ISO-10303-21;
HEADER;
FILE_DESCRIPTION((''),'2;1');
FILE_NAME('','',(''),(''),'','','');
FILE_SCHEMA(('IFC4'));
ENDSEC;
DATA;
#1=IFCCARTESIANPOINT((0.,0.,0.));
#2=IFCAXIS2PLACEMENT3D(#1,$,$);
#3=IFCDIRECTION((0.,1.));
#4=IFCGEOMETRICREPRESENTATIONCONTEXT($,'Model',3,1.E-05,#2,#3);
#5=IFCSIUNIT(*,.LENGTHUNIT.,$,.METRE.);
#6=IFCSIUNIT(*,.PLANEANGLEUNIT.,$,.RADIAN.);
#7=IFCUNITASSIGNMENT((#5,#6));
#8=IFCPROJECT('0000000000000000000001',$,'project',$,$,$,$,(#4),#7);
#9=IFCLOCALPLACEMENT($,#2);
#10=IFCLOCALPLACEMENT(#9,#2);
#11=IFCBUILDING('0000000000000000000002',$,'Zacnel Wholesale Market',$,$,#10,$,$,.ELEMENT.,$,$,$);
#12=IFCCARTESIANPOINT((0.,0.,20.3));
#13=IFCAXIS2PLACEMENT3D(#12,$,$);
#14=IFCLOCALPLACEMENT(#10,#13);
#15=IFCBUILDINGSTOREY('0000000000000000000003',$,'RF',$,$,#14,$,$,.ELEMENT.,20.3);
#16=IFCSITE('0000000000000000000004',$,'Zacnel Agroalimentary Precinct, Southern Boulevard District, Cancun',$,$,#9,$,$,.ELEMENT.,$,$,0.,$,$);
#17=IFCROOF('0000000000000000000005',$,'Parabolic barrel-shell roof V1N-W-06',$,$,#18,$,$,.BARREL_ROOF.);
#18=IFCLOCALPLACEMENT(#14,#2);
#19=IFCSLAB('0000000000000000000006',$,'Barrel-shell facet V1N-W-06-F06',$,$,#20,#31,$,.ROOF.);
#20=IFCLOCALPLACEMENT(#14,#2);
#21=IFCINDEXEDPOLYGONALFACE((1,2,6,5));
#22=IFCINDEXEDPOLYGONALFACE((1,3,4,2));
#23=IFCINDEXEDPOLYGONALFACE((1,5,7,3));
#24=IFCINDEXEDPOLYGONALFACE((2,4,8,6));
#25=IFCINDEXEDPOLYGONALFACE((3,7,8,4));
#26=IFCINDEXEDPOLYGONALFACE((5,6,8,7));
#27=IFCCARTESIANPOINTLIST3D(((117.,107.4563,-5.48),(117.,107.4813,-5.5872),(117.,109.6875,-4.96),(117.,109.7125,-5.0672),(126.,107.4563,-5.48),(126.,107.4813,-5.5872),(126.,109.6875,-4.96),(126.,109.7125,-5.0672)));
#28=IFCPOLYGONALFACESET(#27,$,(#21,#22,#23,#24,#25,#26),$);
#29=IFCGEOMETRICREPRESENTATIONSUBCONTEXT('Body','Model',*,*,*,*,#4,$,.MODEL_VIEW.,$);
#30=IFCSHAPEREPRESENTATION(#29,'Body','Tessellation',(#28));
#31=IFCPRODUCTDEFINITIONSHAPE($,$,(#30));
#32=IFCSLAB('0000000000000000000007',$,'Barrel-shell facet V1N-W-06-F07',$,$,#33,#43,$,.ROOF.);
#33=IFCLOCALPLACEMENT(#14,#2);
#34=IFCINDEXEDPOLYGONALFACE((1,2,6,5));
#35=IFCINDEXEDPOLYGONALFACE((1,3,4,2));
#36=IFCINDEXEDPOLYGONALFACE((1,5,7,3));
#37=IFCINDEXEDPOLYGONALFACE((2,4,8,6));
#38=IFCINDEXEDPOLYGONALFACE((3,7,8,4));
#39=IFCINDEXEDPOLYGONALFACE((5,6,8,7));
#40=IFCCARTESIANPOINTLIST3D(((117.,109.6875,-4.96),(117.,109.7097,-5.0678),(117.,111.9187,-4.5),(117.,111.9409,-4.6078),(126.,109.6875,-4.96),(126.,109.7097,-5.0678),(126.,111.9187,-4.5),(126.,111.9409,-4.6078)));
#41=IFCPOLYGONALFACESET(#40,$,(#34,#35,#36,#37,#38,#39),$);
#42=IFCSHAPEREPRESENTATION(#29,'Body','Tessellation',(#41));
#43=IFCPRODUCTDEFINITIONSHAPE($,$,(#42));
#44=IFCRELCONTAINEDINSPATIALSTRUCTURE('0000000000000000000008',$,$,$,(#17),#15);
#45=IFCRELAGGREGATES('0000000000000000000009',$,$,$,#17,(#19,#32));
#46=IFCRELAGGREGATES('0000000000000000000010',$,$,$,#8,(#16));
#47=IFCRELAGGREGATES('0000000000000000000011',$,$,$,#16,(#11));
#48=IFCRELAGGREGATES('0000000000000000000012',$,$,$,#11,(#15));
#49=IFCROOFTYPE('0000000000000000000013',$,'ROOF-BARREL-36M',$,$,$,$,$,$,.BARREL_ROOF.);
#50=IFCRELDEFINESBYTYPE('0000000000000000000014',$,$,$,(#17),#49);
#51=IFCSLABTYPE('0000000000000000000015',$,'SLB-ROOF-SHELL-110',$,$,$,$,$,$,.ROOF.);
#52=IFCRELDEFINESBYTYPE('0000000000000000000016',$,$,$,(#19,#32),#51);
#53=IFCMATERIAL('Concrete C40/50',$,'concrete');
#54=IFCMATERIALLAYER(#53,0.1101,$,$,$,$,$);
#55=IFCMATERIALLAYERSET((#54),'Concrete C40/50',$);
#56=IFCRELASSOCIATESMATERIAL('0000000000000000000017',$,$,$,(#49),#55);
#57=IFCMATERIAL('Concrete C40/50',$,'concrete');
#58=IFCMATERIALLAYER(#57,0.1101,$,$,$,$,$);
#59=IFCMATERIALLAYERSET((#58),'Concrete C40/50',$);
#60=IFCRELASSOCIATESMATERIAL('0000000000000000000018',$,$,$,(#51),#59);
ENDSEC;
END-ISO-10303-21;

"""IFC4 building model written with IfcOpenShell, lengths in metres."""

from ifc_helpers import new_model, si_unit, direction, frame, origin, place, context, subcontext, project, spatial, polyline, outline, extrude, material, layer, layer_set, type_object, element, aggregate, save


model = new_model("IFC4")

# Units and contexts
model_context = context("Model", 3, precision=1e-05, world=origin(), true_north=direction((0.0, 1.0)))
body_context = subcontext(model_context, "Body", "Model", "MODEL_VIEW")
ifc_project = project(units=[si_unit("LENGTHUNIT", "METRE"), si_unit("PLANEANGLEUNIT", "RADIAN")], contexts=[model_context])

# Site, building, storey
site_placement = place(None, origin())
site = spatial("IfcSite", under=ifc_project, at=site_placement, Name="Zacnel Agroalimentary Precinct, Southern Boulevard District, Cancun", CompositionType="ELEMENT", RefElevation=0.0)
building_placement = place(site_placement, origin())
building = spatial("IfcBuilding", under=site, at=building_placement, Name="Zacnel Wholesale Market", CompositionType="ELEMENT")
storey_placement = place(building_placement, frame((0.0, 0.0, 20.3)))
storey = spatial("IfcBuildingStorey", under=building, at=storey_placement, Name="RF", CompositionType="ELEMENT", Elevation=20.3)

# Roof, slabs
ifc_material_1 = material(Name="Concrete C40/50", Category="concrete")
ifc_layer_1 = layer(ifc_material_1, 0.1101)
ifc_layer_set_1 = layer_set([ifc_layer_1], Name="Concrete C40/50")
roof_type = type_object("IfcRoofType", Name="ROOF-BARREL-36M", PredefinedType="BARREL_ROOF", material=ifc_layer_set_1)
ifc_material_2 = material(Name="Concrete C40/50", Category="concrete")
ifc_layer_2 = layer(ifc_material_2, 0.1101)
ifc_layer_set_2 = layer_set([ifc_layer_2], Name="Concrete C40/50")
slab_type = type_object("IfcSlabType", Name="SLB-ROOF-SHELL-110", PredefinedType="ROOF", material=ifc_layer_set_2)
roof_1_placement = place(storey_placement, origin())
roof_1 = element("IfcRoof", 1, at=roof_1_placement, inside=storey, type_object=roof_type, Name="Parabolic barrel-shell roof V1N-W-06", PredefinedType="BARREL_ROOF")
slab_1_placement = place(storey_placement, frame((117.0, 107.4563, -5.48), z_axis=(0.0, -0.226984, 0.973899), x_axis=(1.0, 0.0, 0.0)))
slab_1 = element("IfcSlab", 2, at=slab_1_placement, type_object=slab_type, Name="Barrel-shell facet V1N-W-06-F06", PredefinedType="ROOF", context=body_context, shape_type="SweptSolid", body=[
    extrude(outline(polyline([(0.0, 0.0), (9.0, 0.0), (9.0, 2.291), (0.0, 2.291), (0.0, 0.0)])), origin(), (0.0, 0.0, -1.0), 0.1101),
])
slab_2_placement = place(storey_placement, frame((117.0, 109.6875, -4.96), z_axis=(0.0, -0.201904, 0.979405), x_axis=(1.0, 0.0, 0.0)))
slab_2 = element("IfcSlab", 3, at=slab_2_placement, type_object=slab_type, Name="Barrel-shell facet V1N-W-06-F07", PredefinedType="ROOF", context=body_context, shape_type="SweptSolid", body=[
    extrude(outline(polyline([(0.0, 0.0), (9.0, 0.0), (9.0, 2.2781), (0.0, 2.2781), (0.0, 0.0)])), origin(), (0.0, 0.0, -1.0), 0.1101),
])
aggregate(roof_1, [slab_1, slab_2])

save(model, "model.ifc")
